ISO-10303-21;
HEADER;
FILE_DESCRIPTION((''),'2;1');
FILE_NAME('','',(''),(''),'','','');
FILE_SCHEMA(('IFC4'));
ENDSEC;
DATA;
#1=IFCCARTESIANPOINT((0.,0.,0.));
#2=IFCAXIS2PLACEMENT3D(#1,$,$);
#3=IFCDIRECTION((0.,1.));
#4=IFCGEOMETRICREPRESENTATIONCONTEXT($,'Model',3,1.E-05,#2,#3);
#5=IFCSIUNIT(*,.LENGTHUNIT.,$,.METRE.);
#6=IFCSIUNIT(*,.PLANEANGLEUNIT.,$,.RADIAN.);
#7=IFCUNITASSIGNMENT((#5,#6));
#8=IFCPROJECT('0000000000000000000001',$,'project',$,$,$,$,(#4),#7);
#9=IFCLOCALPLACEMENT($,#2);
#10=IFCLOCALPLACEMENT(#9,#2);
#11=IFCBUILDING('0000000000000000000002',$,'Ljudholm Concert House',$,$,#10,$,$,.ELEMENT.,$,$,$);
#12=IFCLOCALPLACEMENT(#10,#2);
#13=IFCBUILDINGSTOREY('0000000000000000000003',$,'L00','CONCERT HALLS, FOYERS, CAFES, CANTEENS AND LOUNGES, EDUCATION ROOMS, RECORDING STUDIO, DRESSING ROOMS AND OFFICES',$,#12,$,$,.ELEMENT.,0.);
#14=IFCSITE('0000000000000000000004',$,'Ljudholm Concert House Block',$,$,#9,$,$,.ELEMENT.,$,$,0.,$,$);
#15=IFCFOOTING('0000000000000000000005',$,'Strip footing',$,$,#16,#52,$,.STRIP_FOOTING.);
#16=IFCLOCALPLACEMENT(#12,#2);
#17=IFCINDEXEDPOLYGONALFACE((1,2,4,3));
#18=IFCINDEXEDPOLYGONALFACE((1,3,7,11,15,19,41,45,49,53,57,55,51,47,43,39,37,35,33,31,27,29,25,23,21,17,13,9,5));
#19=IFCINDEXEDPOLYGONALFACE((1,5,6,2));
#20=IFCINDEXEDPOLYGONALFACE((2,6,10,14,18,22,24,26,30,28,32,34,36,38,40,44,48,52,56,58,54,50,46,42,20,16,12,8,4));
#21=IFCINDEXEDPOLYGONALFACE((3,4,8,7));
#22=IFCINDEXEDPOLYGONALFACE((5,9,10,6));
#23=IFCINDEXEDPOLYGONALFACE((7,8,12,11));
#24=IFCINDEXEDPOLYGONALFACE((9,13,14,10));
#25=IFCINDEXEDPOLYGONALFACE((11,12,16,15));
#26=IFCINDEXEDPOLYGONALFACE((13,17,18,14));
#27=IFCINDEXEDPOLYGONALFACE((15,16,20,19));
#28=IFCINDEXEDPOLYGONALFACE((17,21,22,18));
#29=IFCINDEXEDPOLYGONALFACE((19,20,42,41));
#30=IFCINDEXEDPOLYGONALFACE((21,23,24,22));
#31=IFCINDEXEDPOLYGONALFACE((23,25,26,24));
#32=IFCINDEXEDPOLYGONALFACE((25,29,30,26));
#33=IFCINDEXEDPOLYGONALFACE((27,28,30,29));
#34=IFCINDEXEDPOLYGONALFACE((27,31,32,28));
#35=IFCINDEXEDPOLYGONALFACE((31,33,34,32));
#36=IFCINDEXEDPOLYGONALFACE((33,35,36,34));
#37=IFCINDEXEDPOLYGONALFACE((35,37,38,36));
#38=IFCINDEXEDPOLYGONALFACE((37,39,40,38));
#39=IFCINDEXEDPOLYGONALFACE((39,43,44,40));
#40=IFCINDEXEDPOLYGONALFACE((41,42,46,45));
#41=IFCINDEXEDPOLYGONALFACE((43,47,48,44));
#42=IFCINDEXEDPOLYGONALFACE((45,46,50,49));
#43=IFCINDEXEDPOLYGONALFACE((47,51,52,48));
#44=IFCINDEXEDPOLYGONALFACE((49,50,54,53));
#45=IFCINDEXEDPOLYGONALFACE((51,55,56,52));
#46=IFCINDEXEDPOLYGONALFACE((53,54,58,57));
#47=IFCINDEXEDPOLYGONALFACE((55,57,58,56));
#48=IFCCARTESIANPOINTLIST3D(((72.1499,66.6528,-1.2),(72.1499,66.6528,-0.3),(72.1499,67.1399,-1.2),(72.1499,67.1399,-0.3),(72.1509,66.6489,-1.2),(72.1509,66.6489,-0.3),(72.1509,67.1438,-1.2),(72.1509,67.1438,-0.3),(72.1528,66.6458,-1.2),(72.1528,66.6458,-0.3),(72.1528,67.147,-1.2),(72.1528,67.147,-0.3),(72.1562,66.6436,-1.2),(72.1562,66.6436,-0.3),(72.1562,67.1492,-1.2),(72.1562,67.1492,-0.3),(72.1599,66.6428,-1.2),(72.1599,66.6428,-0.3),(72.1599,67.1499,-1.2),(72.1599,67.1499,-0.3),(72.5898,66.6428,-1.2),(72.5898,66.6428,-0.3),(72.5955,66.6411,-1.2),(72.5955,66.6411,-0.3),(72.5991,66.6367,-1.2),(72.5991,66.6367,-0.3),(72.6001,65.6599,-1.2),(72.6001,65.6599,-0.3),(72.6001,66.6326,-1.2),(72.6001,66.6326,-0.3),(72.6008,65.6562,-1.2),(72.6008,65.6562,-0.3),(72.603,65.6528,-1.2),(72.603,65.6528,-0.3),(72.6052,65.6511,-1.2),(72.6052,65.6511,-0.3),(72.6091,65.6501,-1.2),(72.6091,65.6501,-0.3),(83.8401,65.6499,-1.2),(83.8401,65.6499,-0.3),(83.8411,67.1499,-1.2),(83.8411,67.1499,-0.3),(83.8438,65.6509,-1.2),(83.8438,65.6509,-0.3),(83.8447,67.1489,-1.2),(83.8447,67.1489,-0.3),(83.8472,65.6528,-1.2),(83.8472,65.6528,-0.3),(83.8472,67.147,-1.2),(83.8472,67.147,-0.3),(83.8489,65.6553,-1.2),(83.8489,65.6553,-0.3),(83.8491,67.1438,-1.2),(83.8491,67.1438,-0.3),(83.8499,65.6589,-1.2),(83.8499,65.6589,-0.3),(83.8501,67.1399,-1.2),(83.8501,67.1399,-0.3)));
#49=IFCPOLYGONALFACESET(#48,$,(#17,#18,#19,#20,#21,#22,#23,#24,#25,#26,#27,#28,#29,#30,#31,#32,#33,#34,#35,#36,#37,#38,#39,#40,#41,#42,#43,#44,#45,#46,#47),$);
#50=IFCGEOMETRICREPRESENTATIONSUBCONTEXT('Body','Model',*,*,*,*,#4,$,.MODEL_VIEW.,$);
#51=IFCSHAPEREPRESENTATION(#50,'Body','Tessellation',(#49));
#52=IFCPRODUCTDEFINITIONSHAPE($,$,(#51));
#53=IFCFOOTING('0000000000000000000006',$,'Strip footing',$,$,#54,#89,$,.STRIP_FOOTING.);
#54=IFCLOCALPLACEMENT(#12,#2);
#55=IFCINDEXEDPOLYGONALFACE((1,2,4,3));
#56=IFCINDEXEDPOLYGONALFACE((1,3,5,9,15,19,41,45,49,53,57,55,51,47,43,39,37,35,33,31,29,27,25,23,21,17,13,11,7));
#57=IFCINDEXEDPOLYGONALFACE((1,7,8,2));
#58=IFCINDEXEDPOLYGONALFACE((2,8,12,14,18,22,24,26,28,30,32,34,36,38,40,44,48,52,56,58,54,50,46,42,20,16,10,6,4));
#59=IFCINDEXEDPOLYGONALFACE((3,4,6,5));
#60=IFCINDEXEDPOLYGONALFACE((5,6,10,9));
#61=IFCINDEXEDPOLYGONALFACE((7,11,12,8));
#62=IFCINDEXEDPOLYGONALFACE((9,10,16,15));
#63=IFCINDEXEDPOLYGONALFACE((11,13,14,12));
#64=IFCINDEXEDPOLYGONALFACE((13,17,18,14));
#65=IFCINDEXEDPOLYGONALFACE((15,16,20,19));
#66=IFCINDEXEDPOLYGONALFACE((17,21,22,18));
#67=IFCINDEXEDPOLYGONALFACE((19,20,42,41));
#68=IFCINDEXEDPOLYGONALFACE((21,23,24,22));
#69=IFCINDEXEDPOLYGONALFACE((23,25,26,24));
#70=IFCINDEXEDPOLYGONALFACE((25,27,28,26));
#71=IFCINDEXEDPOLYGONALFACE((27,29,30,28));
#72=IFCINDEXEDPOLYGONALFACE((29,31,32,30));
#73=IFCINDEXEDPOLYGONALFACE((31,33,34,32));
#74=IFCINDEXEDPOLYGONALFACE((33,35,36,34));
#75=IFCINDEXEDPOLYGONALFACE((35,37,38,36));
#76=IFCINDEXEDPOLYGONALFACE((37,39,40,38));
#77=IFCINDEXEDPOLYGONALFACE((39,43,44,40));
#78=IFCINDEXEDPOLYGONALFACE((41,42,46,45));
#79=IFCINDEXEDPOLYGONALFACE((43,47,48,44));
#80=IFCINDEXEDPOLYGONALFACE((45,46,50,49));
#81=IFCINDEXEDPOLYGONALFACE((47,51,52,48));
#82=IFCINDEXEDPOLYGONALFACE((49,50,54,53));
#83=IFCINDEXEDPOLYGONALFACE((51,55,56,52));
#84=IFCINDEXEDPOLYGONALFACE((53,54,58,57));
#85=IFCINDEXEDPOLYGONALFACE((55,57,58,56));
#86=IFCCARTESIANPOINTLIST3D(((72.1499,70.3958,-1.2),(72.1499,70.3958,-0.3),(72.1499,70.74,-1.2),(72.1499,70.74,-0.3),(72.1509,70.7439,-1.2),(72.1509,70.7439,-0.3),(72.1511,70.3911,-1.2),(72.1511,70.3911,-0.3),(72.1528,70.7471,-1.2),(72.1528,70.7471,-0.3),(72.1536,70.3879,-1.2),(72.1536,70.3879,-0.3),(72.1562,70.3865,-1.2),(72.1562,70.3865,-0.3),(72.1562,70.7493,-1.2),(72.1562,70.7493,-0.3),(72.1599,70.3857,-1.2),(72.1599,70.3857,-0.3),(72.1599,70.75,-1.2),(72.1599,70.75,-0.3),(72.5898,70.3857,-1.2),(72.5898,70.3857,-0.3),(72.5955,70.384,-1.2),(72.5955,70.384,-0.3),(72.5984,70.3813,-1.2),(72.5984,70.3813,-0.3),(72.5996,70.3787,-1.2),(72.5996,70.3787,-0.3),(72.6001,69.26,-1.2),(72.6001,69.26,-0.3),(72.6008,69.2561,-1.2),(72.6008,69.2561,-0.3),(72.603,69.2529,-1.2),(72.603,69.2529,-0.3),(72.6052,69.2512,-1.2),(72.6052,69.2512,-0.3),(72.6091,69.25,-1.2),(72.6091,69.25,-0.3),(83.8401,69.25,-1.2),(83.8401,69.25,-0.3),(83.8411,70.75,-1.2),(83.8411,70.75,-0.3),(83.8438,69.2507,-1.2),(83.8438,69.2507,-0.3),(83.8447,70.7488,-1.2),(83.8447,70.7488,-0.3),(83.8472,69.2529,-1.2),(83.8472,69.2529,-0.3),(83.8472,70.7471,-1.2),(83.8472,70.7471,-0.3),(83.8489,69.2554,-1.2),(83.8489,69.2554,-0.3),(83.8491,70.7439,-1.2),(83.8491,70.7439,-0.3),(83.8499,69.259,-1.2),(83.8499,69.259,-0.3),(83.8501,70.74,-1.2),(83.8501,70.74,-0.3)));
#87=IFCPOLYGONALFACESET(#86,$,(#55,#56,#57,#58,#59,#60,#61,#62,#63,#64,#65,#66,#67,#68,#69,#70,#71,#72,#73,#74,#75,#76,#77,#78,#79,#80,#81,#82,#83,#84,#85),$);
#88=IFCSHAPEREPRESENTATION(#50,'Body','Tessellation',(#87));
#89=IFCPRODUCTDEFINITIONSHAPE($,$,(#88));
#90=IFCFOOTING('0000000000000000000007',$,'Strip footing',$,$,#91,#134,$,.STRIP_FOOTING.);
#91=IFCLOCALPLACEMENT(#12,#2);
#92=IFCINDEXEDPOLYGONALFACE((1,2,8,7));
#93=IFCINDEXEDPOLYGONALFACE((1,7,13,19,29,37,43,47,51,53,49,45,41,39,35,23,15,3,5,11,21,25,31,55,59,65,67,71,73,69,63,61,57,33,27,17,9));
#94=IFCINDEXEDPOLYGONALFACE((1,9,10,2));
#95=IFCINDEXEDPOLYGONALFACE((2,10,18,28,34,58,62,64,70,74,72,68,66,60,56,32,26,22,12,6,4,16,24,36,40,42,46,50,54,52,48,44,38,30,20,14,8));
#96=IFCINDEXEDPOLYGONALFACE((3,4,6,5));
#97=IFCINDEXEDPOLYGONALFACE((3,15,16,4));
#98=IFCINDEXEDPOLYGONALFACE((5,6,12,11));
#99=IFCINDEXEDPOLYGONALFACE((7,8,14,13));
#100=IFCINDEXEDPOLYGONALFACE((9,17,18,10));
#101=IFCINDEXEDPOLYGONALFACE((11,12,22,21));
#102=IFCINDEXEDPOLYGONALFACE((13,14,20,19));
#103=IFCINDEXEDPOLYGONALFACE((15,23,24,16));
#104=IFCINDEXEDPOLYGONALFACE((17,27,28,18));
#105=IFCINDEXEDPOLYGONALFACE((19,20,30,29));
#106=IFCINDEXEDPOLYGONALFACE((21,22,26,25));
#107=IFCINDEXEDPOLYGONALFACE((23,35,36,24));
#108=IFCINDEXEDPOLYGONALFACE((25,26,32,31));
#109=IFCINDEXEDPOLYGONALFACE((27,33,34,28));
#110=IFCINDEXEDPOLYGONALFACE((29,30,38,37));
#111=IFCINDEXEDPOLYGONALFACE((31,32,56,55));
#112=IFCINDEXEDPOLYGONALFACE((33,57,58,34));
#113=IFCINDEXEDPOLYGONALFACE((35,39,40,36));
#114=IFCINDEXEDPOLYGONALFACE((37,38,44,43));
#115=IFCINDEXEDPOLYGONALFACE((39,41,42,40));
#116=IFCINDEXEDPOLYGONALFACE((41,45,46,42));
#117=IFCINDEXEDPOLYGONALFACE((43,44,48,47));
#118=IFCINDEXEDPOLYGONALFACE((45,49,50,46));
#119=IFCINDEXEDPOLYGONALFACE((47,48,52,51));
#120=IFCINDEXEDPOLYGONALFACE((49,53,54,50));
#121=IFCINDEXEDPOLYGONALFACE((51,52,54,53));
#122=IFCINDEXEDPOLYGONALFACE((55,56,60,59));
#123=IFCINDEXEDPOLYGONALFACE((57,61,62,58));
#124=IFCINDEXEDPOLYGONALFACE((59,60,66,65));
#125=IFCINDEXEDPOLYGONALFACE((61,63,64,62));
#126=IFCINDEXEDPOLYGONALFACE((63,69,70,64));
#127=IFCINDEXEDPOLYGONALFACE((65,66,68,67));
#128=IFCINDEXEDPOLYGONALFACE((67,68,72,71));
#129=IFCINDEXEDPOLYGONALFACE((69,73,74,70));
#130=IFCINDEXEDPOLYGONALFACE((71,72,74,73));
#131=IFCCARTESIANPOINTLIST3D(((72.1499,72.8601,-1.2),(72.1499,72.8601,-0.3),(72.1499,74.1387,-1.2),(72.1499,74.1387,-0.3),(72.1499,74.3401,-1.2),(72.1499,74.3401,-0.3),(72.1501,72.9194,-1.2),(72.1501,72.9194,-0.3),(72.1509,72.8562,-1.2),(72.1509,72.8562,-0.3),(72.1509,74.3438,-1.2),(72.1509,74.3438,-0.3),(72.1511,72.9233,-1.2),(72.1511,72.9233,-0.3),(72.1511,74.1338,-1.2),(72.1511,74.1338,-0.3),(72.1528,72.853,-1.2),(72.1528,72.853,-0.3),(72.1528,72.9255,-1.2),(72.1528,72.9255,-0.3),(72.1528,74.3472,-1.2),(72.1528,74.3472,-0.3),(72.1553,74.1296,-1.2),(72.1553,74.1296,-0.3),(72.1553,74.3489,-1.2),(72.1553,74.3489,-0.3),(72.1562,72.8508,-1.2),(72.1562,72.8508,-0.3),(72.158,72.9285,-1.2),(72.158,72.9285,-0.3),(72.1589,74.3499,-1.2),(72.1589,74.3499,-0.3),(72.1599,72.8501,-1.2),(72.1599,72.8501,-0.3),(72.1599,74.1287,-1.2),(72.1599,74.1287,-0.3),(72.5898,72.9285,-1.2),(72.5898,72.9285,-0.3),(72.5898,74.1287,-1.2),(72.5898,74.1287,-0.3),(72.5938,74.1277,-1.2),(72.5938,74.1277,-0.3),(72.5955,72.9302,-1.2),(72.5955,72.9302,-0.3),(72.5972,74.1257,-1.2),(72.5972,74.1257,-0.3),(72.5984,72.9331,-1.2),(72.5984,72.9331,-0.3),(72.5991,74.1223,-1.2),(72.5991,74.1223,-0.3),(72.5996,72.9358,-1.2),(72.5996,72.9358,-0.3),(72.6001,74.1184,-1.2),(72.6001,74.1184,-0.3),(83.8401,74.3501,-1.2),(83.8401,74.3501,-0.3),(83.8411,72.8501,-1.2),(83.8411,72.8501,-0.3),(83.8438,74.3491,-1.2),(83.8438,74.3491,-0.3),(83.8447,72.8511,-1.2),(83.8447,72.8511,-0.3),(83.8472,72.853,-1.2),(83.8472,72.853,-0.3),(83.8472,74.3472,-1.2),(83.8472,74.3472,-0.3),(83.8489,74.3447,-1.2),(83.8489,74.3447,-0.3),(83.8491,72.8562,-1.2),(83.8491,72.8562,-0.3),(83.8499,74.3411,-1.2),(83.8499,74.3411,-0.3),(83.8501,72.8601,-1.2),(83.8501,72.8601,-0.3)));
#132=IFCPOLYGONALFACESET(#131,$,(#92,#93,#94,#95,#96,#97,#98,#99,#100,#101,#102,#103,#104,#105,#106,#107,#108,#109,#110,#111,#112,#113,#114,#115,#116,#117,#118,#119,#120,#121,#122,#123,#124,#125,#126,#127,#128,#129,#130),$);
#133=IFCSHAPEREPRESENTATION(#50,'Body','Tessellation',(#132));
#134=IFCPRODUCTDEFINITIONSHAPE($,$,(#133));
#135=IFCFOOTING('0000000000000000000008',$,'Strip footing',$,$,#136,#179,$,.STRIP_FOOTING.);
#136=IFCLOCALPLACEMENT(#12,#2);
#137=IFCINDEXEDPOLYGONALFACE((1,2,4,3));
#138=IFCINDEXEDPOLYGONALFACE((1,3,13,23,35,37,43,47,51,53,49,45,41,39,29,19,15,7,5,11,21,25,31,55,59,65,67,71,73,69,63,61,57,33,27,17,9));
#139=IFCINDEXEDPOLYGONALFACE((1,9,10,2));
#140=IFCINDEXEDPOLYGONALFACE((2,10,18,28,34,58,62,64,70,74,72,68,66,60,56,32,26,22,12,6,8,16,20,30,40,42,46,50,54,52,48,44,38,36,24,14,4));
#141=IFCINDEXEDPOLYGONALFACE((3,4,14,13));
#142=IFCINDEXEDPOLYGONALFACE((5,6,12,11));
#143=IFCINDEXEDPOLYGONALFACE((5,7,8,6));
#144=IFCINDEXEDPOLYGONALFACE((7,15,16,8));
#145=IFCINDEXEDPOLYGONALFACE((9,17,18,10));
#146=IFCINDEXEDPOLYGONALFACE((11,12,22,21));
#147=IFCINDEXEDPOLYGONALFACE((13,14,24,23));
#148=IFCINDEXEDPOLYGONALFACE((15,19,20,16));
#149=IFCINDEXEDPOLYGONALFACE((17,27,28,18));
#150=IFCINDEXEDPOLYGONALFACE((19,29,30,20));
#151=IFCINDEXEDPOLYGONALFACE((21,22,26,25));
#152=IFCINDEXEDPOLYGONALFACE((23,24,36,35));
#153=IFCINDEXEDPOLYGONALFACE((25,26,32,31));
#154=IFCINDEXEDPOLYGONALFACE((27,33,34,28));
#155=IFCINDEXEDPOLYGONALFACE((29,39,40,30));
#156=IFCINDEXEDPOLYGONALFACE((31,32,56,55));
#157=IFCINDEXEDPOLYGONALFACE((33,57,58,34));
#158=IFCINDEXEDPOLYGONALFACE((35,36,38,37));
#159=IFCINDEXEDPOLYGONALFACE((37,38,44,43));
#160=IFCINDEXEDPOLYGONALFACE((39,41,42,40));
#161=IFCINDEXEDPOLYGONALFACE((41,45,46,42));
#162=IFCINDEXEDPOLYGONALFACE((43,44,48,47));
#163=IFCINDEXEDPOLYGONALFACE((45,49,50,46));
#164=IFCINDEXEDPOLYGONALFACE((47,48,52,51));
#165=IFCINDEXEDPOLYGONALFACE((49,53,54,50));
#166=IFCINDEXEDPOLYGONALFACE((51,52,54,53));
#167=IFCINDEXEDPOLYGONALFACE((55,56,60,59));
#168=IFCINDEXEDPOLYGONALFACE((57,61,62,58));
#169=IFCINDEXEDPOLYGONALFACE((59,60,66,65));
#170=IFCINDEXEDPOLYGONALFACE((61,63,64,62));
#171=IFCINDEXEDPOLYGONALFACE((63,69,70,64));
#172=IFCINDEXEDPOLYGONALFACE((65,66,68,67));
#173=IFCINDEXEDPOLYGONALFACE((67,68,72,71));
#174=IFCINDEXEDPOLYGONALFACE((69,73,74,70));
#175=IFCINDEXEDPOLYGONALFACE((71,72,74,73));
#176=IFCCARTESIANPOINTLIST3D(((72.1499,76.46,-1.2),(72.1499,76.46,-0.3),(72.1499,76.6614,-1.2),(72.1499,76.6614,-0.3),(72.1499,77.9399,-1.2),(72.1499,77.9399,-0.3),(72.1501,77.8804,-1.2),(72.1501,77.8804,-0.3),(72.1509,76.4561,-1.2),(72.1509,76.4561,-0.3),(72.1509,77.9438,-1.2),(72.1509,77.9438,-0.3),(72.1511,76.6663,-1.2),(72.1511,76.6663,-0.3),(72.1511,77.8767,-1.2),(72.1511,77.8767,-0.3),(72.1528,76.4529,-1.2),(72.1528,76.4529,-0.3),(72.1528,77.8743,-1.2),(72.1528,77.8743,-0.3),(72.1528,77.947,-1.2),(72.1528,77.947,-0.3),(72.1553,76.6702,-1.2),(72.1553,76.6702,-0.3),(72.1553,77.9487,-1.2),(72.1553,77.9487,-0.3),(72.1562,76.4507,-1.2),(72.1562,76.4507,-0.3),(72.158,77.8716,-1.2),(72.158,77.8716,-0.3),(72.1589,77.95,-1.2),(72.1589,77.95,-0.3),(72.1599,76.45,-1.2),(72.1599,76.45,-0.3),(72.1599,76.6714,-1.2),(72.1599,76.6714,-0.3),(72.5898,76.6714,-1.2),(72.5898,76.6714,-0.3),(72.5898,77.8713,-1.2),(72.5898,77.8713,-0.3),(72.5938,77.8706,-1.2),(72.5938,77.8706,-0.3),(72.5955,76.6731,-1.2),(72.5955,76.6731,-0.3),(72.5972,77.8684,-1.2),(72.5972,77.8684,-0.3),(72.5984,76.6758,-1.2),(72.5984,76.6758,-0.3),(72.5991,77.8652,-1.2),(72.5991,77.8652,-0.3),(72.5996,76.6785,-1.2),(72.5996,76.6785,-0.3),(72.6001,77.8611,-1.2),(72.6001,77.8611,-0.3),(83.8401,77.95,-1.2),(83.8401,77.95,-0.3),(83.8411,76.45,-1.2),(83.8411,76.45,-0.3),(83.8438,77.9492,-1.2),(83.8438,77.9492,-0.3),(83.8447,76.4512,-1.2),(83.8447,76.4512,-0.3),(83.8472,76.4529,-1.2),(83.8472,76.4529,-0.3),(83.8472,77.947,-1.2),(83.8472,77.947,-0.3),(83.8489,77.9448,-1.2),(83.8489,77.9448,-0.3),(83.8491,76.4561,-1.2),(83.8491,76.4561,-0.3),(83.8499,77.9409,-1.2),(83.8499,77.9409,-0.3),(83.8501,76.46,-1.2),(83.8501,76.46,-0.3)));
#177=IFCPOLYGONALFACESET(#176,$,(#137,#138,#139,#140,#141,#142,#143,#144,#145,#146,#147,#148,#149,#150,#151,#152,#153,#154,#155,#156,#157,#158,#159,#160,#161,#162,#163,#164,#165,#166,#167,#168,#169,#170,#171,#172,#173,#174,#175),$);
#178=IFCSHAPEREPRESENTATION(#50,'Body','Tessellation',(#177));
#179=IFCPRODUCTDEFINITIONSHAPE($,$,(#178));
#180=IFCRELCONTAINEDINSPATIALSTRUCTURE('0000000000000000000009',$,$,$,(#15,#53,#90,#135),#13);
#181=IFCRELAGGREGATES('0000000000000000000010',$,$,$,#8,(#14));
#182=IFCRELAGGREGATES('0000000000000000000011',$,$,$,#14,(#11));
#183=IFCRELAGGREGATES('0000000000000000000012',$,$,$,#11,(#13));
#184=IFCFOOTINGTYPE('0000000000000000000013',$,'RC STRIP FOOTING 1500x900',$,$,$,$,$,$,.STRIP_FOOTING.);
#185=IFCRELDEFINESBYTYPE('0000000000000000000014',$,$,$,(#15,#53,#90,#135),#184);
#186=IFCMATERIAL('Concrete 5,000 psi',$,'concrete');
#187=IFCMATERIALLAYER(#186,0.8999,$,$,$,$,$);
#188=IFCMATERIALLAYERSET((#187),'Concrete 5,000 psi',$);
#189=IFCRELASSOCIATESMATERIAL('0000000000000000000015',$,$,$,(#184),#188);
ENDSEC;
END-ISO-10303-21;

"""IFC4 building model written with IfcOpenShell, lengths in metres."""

from ifc_helpers import new_model, si_unit, direction, frame, origin, place, context, subcontext, project, spatial, polyline, outline, extrude, material, layer, layer_set, type_object, element, save


model = new_model("IFC4")

# Units and contexts
model_context = context("Model", 3, precision=1e-05, world=origin(), true_north=direction((0.0, 1.0)))
body_context = subcontext(model_context, "Body", "Model", "MODEL_VIEW")
ifc_project = project(units=[si_unit("LENGTHUNIT", "METRE"), si_unit("PLANEANGLEUNIT", "RADIAN")], contexts=[model_context])

# Site, building, storey
site_placement = place(None, origin())
site = spatial("IfcSite", under=ifc_project, at=site_placement, Name="Ljudholm Concert House Block", CompositionType="ELEMENT", RefElevation=0.0)
building_placement = place(site_placement, origin())
building = spatial("IfcBuilding", under=site, at=building_placement, Name="Ljudholm Concert House", CompositionType="ELEMENT")
storey_placement = place(building_placement, origin())
storey = spatial("IfcBuildingStorey", under=building, at=storey_placement, Name="L00", Description="CONCERT HALLS, FOYERS, CAFES, CANTEENS AND LOUNGES, EDUCATION ROOMS, RECORDING STUDIO, DRESSING ROOMS AND OFFICES", CompositionType="ELEMENT", Elevation=0.0)

# Footings
ifc_material = material(Name="Concrete 5,000 psi", Category="concrete")
ifc_layer = layer(ifc_material, 0.8999)
ifc_layer_set = layer_set([ifc_layer], Name="Concrete 5,000 psi")
footing_type = type_object("IfcFootingType", Name="RC STRIP FOOTING 1500x900", PredefinedType="STRIP_FOOTING", material=ifc_layer_set)
footing_1_placement = place(storey_placement, frame((0.0, 0.0, -1.2)))
element("IfcFooting", 1, at=footing_1_placement, inside=storey, type_object=footing_type, Name="Strip footing", PredefinedType="STRIP_FOOTING", context=body_context, shape_type="SweptSolid", body=[
    extrude(outline(polyline([(72.1599, 66.6428), (72.5898, 66.6428), (72.5955, 66.6411), (72.5991, 66.6367), (72.6001, 66.6326), (72.6001, 65.6599), (72.6008, 65.6562), (72.603, 65.6528), (72.6052, 65.6511), (72.6091, 65.6501), (83.8401, 65.6499), (83.8438, 65.6509), (83.8472, 65.6528), (83.8489, 65.6553), (83.8499, 65.6589), (83.8501, 67.1399), (83.8491, 67.1438), (83.8472, 67.147), (83.8447, 67.1489), (83.8411, 67.1499), (72.1599, 67.1499), (72.1562, 67.1492), (72.1528, 67.147), (72.1509, 67.1438), (72.1499, 67.1399), (72.1499, 66.6528), (72.1509, 66.6489), (72.1528, 66.6458), (72.1562, 66.6436), (72.1599, 66.6428)])), origin(), (0.0, 0.0, 1.0), 0.8999),
])
footing_2_placement = place(storey_placement, frame((0.0, 0.0, -1.2)))
element("IfcFooting", 2, at=footing_2_placement, inside=storey, type_object=footing_type, Name="Strip footing", PredefinedType="STRIP_FOOTING", context=body_context, shape_type="SweptSolid", body=[
    extrude(outline(polyline([(72.1499, 70.74), (72.1499, 70.3958), (72.1511, 70.3911), (72.1536, 70.3879), (72.1562, 70.3865), (72.1599, 70.3857), (72.5898, 70.3857), (72.5955, 70.384), (72.5984, 70.3813), (72.5996, 70.3787), (72.6001, 69.26), (72.6008, 69.2561), (72.603, 69.2529), (72.6052, 69.2512), (72.6091, 69.25), (83.8401, 69.25), (83.8438, 69.2507), (83.8472, 69.2529), (83.8489, 69.2554), (83.8499, 69.259), (83.8501, 70.74), (83.8491, 70.7439), (83.8472, 70.7471), (83.8447, 70.7488), (83.8411, 70.75), (72.1599, 70.75), (72.1562, 70.7493), (72.1528, 70.7471), (72.1509, 70.7439), (72.1499, 70.74)])), origin(), (0.0, 0.0, 1.0), 0.8999),
])
footing_3_placement = place(storey_placement, frame((0.0, 0.0, -1.2)))
element("IfcFooting", 3, at=footing_3_placement, inside=storey, type_object=footing_type, Name="Strip footing", PredefinedType="STRIP_FOOTING", context=body_context, shape_type="SweptSolid", body=[
    extrude(outline(polyline([(72.1599, 72.8501), (83.8411, 72.8501), (83.8447, 72.8511), (83.8472, 72.853), (83.8491, 72.8562), (83.8501, 72.8601), (83.8499, 74.3411), (83.8489, 74.3447), (83.8472, 74.3472), (83.8438, 74.3491), (83.8401, 74.3501), (72.1589, 74.3499), (72.1553, 74.3489), (72.1528, 74.3472), (72.1509, 74.3438), (72.1499, 74.3401), (72.1499, 74.1387), (72.1511, 74.1338), (72.1553, 74.1296), (72.1599, 74.1287), (72.5898, 74.1287), (72.5938, 74.1277), (72.5972, 74.1257), (72.5991, 74.1223), (72.6001, 74.1184), (72.5996, 72.9358), (72.5984, 72.9331), (72.5955, 72.9302), (72.5898, 72.9285), (72.158, 72.9285), (72.1528, 72.9255), (72.1511, 72.9233), (72.1501, 72.9194), (72.1499, 72.8601), (72.1509, 72.8562), (72.1528, 72.853), (72.1562, 72.8508), (72.1599, 72.8501)])), origin(), (0.0, 0.0, 1.0), 0.8999),
])
footing_4_placement = place(storey_placement, frame((0.0, 0.0, -1.2)))
element("IfcFooting", 4, at=footing_4_placement, inside=storey, type_object=footing_type, Name="Strip footing", PredefinedType="STRIP_FOOTING", context=body_context, shape_type="SweptSolid", body=[
    extrude(outline(polyline([(72.1599, 76.45), (83.8411, 76.45), (83.8447, 76.4512), (83.8472, 76.4529), (83.8491, 76.4561), (83.8501, 76.46), (83.8499, 77.9409), (83.8489, 77.9448), (83.8472, 77.947), (83.8438, 77.9492), (83.8401, 77.95), (72.1589, 77.95), (72.1553, 77.9487), (72.1528, 77.947), (72.1509, 77.9438), (72.1499, 77.9399), (72.1501, 77.8804), (72.1511, 77.8767), (72.1528, 77.8743), (72.158, 77.8716), (72.5898, 77.8713), (72.5938, 77.8706), (72.5972, 77.8684), (72.5991, 77.8652), (72.6001, 77.8611), (72.5996, 76.6785), (72.5984, 76.6758), (72.5955, 76.6731), (72.5898, 76.6714), (72.1599, 76.6714), (72.1553, 76.6702), (72.1511, 76.6663), (72.1499, 76.6614), (72.1499, 76.46), (72.1509, 76.4561), (72.1528, 76.4529), (72.1562, 76.4507), (72.1599, 76.45)])), origin(), (0.0, 0.0, 1.0), 0.8999),
])

save(model, "model.ifc")
